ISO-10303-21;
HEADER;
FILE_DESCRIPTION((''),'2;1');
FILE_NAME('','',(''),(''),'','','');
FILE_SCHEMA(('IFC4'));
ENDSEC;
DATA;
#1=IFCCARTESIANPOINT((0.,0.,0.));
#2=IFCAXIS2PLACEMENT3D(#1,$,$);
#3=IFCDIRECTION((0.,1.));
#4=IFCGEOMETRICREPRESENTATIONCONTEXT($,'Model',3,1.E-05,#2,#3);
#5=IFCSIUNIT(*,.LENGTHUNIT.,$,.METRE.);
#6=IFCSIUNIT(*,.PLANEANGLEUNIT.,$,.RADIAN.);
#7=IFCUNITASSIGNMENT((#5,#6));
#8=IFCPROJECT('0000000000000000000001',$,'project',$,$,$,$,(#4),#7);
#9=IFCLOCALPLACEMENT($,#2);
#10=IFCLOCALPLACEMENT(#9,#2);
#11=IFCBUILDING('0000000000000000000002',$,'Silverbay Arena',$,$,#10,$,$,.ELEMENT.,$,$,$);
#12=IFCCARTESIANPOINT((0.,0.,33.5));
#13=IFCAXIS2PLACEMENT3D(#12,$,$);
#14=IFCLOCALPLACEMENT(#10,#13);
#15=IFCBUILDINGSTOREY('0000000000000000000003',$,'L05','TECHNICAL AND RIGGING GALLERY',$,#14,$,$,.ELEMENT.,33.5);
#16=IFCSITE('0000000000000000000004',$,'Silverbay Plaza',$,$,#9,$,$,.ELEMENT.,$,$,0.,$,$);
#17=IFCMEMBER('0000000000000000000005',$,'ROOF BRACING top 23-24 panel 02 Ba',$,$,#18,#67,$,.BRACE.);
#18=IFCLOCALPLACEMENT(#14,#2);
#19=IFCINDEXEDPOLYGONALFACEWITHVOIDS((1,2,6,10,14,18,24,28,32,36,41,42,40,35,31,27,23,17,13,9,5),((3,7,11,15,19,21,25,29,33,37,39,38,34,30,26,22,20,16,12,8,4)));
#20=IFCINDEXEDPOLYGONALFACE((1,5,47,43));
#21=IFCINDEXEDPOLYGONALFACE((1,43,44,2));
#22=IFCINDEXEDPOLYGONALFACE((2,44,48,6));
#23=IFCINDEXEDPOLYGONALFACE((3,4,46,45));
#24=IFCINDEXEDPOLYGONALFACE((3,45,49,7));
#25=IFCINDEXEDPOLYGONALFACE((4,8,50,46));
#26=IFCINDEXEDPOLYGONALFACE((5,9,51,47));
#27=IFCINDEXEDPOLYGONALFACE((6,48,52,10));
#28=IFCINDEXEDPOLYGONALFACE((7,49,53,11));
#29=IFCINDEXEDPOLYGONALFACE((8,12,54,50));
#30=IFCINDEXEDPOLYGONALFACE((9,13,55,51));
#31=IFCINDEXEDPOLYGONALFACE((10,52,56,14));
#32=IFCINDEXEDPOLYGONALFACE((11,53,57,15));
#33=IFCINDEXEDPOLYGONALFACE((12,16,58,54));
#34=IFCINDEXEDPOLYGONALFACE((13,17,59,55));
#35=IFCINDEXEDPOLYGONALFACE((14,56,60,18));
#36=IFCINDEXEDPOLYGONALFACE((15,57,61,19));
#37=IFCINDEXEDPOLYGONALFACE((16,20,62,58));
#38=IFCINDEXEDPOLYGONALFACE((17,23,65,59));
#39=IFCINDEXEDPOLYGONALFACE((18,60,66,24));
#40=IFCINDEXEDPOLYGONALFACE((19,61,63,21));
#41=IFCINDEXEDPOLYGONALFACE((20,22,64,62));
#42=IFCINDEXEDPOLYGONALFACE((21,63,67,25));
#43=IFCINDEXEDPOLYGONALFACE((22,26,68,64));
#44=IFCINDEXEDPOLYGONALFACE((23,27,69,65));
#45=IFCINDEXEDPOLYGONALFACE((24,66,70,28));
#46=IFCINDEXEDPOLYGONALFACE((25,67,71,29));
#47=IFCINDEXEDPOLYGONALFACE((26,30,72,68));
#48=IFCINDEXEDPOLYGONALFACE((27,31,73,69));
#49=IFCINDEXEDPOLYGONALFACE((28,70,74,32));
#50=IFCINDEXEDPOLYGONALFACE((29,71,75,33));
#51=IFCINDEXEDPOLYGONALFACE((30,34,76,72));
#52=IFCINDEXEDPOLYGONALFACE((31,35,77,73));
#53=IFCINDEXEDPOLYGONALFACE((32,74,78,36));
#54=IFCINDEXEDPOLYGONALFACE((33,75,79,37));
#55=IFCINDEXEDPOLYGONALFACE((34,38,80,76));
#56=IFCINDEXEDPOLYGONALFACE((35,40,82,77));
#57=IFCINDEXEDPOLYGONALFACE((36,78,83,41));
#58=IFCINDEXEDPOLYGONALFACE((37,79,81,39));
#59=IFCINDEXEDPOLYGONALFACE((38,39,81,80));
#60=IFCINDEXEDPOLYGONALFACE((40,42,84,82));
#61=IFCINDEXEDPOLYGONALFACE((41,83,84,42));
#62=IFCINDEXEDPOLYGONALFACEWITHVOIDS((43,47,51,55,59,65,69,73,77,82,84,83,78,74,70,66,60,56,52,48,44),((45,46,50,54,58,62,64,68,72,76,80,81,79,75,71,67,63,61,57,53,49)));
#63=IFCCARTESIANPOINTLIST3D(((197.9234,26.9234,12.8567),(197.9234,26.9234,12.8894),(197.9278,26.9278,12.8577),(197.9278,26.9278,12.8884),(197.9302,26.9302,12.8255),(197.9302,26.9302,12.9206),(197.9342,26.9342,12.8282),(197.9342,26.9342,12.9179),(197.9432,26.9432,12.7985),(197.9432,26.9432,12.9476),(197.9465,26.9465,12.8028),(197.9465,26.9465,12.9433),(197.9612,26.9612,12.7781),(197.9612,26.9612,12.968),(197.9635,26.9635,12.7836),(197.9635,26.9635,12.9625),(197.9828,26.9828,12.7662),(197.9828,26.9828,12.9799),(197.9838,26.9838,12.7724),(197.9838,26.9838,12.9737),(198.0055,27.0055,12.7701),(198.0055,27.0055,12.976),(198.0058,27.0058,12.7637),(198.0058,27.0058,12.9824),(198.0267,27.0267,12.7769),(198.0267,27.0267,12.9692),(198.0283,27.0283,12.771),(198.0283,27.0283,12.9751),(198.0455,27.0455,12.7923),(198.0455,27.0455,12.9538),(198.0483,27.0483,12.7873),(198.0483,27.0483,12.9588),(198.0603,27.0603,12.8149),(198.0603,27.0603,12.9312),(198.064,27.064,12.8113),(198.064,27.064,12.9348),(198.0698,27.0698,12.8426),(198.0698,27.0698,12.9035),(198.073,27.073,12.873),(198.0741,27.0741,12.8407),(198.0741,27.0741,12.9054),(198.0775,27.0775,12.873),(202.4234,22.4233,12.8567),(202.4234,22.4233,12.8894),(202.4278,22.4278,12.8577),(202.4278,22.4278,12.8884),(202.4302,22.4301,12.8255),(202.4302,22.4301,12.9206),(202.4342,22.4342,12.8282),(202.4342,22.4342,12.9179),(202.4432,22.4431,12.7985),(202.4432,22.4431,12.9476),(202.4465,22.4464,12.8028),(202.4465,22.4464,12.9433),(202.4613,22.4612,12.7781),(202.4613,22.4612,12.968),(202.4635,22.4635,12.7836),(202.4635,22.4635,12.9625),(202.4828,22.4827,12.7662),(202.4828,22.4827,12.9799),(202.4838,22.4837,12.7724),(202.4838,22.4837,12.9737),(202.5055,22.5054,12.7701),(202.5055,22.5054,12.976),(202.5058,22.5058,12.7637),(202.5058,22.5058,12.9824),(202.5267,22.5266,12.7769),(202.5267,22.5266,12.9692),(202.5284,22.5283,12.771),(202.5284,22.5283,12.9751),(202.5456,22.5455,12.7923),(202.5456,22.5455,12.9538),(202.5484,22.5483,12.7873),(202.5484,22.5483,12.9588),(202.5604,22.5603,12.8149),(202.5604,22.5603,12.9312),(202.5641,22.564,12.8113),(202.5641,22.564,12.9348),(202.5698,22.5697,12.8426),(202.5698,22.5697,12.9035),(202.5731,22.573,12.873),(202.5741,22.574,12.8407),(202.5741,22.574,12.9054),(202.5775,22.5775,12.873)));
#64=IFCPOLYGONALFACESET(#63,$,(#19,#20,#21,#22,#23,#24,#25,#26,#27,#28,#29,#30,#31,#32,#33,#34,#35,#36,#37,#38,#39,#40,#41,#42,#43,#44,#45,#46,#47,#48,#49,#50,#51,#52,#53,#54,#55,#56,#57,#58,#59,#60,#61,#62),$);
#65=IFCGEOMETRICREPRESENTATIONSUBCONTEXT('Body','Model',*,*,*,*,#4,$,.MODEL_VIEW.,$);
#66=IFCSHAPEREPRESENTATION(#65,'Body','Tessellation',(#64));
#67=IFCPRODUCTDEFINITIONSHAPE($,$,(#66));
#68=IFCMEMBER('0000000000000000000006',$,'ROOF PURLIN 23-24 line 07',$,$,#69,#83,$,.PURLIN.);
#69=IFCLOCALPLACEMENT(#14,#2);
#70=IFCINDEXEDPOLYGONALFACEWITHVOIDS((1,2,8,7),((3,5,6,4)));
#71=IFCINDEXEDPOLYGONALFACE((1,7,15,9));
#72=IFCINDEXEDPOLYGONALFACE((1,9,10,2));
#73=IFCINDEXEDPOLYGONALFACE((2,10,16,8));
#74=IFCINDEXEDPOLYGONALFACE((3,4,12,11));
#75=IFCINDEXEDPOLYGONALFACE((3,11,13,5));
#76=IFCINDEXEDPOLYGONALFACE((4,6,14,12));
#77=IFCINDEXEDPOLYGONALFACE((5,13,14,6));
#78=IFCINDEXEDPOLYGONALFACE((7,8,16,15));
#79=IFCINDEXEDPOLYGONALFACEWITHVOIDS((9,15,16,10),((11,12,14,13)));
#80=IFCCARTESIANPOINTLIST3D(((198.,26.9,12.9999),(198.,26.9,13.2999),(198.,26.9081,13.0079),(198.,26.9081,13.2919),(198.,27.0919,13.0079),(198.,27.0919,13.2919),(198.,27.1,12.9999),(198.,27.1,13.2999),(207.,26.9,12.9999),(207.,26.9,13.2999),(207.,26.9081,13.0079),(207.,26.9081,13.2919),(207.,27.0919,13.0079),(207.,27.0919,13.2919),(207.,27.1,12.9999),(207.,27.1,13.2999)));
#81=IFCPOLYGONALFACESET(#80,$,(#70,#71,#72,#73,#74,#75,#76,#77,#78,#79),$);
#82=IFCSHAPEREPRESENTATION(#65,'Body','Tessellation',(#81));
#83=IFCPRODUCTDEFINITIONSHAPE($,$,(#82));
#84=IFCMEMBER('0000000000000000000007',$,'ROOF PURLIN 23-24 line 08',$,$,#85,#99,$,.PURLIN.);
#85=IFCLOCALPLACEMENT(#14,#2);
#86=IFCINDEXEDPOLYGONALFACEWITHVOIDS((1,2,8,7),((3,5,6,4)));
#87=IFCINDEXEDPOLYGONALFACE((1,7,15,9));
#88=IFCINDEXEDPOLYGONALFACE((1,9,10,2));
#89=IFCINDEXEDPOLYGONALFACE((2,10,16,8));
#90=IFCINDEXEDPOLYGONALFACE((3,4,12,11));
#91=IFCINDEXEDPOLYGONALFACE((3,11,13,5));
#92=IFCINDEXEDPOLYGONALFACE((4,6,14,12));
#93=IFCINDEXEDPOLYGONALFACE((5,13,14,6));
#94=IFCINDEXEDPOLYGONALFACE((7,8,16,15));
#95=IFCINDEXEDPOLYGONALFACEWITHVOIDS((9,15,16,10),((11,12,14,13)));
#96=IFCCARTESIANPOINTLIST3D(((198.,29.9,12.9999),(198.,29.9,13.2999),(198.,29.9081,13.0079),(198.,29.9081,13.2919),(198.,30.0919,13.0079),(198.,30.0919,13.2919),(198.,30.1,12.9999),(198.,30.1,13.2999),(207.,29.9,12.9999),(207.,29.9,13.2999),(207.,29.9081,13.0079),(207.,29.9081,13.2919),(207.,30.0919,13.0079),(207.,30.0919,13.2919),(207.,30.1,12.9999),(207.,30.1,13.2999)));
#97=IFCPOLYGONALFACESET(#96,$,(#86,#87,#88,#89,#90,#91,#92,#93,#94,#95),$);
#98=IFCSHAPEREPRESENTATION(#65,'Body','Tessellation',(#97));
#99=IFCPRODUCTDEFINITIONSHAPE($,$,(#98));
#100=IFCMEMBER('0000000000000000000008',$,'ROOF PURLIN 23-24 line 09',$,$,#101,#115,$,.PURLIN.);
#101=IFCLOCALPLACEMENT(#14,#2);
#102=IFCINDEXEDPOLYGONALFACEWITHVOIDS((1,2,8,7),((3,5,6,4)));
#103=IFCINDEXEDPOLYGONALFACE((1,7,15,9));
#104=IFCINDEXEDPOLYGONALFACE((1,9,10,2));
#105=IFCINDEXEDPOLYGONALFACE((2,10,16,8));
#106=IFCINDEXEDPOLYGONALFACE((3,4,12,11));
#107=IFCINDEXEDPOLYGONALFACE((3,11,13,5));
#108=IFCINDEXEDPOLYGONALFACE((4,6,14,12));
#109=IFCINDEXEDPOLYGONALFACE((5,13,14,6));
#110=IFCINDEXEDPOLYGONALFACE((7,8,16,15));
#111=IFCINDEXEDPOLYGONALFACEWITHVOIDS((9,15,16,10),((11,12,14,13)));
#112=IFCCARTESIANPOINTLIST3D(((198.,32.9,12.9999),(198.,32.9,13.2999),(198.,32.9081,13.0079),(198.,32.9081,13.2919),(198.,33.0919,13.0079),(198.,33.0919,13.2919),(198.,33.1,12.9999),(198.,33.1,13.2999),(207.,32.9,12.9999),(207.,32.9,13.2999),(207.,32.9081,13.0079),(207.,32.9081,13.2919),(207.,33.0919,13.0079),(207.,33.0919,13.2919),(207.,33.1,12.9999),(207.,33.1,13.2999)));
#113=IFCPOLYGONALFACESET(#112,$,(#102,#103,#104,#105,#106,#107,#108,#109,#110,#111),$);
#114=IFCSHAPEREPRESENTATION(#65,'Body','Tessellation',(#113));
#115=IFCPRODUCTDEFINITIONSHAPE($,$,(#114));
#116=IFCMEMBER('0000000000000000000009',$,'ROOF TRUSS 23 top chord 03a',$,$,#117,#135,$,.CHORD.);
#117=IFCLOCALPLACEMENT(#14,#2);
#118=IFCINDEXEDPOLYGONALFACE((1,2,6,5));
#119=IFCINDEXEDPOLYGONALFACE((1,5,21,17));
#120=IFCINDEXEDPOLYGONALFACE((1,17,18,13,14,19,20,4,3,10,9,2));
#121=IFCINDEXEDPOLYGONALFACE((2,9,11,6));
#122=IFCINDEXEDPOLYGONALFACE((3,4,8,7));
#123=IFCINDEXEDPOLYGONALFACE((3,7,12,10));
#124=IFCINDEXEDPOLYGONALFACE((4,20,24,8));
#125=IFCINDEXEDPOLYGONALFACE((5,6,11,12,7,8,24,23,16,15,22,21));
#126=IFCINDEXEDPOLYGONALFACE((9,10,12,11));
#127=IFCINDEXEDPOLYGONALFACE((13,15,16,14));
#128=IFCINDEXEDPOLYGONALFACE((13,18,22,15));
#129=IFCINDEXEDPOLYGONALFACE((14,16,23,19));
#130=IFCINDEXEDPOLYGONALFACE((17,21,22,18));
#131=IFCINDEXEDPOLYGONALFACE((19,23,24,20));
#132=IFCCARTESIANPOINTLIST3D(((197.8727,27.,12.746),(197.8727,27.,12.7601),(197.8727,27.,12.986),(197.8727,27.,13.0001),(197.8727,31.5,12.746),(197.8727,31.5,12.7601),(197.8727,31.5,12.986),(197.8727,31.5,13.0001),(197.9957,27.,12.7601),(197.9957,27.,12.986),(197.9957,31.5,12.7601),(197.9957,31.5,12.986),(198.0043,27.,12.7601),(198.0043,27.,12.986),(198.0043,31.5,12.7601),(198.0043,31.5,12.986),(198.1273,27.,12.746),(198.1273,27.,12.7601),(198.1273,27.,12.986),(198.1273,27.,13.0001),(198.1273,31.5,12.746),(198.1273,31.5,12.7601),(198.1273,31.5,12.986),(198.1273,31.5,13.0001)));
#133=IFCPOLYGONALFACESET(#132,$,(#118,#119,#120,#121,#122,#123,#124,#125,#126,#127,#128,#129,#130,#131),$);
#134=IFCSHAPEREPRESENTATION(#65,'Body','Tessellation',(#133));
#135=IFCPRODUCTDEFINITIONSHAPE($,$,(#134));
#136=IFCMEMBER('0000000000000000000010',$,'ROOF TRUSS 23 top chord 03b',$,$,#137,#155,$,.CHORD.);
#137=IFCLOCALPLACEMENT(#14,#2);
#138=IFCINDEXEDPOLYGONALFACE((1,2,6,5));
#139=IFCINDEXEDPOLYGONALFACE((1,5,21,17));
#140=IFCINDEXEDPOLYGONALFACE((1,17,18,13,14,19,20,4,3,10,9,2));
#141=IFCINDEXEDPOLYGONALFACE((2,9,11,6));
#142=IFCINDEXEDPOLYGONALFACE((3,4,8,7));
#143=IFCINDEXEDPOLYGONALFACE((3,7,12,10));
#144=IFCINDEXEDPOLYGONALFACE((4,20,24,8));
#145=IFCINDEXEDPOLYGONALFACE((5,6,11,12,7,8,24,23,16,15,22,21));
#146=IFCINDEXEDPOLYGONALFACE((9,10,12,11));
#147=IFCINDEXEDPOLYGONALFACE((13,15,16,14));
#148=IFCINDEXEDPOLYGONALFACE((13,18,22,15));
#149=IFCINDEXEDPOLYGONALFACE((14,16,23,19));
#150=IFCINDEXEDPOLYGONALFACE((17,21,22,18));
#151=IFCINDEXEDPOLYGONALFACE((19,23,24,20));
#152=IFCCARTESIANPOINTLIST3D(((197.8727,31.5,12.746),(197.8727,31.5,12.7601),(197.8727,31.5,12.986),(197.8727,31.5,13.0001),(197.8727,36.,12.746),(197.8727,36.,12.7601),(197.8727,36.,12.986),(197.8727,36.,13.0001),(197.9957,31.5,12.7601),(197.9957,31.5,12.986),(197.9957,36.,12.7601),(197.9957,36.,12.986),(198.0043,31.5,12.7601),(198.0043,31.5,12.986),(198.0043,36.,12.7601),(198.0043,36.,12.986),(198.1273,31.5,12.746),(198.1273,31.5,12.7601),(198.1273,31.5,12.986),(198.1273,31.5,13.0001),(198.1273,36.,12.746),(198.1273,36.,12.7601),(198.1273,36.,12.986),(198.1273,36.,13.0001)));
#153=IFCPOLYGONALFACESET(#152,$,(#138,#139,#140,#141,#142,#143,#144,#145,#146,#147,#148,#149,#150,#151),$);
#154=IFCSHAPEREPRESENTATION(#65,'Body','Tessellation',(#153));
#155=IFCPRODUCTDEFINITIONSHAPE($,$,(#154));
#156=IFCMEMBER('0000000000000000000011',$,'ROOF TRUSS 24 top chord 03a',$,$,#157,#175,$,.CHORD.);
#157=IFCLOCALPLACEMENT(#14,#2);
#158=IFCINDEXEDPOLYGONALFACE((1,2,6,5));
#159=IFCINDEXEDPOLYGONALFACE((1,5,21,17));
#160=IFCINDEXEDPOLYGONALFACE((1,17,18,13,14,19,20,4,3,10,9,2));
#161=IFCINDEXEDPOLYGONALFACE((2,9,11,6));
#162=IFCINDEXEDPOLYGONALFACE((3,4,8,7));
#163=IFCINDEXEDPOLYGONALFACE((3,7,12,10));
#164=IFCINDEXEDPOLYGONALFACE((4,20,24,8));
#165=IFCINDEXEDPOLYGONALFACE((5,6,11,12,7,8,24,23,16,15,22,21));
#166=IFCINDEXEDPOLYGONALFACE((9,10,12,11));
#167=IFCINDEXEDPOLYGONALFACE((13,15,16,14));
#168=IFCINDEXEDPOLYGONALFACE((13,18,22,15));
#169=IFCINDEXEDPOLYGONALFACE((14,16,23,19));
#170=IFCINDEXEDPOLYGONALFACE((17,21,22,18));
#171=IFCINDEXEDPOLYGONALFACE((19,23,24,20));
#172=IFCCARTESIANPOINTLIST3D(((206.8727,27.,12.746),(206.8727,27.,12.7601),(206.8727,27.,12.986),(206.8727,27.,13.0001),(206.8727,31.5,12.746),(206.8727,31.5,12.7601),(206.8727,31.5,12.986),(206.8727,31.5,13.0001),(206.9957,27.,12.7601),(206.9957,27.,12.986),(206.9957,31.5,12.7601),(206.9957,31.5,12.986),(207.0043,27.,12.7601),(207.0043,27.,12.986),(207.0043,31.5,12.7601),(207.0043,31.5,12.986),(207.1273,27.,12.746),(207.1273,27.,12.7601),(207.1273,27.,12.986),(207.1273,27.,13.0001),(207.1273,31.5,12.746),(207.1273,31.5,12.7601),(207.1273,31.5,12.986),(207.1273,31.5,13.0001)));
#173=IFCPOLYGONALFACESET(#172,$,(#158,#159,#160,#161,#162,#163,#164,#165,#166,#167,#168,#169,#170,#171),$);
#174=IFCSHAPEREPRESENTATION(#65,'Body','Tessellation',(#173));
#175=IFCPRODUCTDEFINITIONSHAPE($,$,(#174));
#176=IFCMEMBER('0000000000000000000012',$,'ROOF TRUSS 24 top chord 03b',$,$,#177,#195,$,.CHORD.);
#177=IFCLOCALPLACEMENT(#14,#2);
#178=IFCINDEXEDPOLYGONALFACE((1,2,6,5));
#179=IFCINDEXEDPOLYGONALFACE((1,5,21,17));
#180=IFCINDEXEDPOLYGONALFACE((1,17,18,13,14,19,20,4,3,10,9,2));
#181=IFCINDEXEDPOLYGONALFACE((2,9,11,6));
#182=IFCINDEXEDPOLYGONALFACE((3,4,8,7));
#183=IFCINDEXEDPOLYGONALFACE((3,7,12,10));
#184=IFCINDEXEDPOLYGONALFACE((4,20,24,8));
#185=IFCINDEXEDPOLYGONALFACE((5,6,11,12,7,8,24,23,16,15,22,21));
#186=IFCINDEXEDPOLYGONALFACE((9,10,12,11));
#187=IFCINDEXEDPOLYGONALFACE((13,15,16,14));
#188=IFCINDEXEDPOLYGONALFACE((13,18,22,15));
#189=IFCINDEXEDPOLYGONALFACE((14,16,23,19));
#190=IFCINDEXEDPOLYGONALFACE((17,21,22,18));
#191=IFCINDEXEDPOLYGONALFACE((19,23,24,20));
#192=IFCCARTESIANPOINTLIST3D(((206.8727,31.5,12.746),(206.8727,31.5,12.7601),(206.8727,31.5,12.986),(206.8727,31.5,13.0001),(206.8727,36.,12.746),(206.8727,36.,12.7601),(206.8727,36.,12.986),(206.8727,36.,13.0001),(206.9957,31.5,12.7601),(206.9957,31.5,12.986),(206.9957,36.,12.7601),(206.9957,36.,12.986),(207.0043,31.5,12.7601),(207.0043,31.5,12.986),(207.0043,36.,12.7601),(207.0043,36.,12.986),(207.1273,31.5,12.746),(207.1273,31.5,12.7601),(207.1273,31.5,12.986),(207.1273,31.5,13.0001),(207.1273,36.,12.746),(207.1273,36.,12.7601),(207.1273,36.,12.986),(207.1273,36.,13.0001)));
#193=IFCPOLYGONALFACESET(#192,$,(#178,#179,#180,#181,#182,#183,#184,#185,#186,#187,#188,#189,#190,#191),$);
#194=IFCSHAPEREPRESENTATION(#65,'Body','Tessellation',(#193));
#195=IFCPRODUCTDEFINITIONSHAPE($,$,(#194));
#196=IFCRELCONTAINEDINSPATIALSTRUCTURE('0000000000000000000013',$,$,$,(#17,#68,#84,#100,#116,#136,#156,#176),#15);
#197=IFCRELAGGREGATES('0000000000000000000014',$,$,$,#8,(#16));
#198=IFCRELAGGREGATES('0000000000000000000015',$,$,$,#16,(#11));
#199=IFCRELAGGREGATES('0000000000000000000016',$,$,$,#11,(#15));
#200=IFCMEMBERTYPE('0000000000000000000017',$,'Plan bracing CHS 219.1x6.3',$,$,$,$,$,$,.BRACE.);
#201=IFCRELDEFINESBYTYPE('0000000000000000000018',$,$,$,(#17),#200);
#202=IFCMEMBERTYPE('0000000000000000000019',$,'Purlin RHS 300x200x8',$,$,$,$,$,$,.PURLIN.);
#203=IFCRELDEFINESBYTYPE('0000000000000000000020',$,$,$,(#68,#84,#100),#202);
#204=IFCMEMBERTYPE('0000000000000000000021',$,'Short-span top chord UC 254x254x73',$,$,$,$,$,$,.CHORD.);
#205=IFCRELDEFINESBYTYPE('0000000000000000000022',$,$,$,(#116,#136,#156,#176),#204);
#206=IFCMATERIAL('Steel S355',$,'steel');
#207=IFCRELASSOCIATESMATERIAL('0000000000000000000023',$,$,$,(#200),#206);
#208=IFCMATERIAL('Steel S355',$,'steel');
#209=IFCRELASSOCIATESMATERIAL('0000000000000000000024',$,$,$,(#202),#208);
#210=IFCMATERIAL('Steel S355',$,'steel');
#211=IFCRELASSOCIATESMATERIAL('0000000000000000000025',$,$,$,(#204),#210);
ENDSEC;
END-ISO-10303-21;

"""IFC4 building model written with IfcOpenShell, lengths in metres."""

from ifc_helpers import new_model, si_unit, direction, frame, origin, origin_2d, place, context, subcontext, project, spatial, hollow_rectangle, hollow_circle, i_section, extrude, material, material_profile, profile_set, type_object, element, save


model = new_model("IFC4")

# Units and contexts
model_context = context("Model", 3, precision=1e-05, world=origin(), true_north=direction((0.0, 1.0)))
body_context = subcontext(model_context, "Body", "Model", "MODEL_VIEW")
ifc_project = project(units=[si_unit("LENGTHUNIT", "METRE"), si_unit("PLANEANGLEUNIT", "RADIAN")], contexts=[model_context])

# Site, building, storey
site_placement = place(None, origin())
site = spatial("IfcSite", under=ifc_project, at=site_placement, Name="Silverbay Plaza", CompositionType="ELEMENT", RefElevation=0.0)
building_placement = place(site_placement, origin())
building = spatial("IfcBuilding", under=site, at=building_placement, Name="Silverbay Arena", CompositionType="ELEMENT")
storey_placement = place(building_placement, frame((0.0, 0.0, 33.5)))
storey = spatial("IfcBuildingStorey", under=building, at=storey_placement, Name="L05", Description="TECHNICAL AND RIGGING GALLERY", CompositionType="ELEMENT", Elevation=33.5)

# Members
ifc_material_1 = material(Name="Steel S355", Category="steel")
ifc_material_profile_1 = material_profile(ifc_material_1, hollow_circle(Radius=0.1096, WallThickness=0.0063, at=origin_2d()), Name="CHS 219.1x6.3")
ifc_profile_set_1 = profile_set([ifc_material_profile_1], Name="Steel S355")
member_type_1 = type_object("IfcMemberType", Name="Plan bracing CHS 219.1x6.3", PredefinedType="BRACE", material=ifc_profile_set_1)
member_placement = place(storey_placement, frame((198.0, 27.0, 12.873), z_axis=(0.707107, -0.707107, 0.0), x_axis=(0.707107, 0.707107, 0.0)))
element("IfcMember", 1, at=member_placement, inside=storey, type_object=member_type_1, Name="ROOF BRACING top 23-24 panel 02 Ba", PredefinedType="BRACE", context=body_context, shape_type="SweptSolid", body=[
    extrude(hollow_circle(Radius=0.1096, WallThickness=0.0063, at=origin_2d()), origin(), (0.0, 0.0, 1.0), 6.364),
])
ifc_material_2 = material(Name="Steel S355", Category="steel")
ifc_material_profile_2 = material_profile(ifc_material_2, hollow_rectangle(XDim=0.2, YDim=0.3, WallThickness=0.0081, at=origin_2d()), Name="RHS 300x200x8")
ifc_profile_set_2 = profile_set([ifc_material_profile_2], Name="Steel S355")
member_type_2 = type_object("IfcMemberType", Name="Purlin RHS 300x200x8", PredefinedType="PURLIN", material=ifc_profile_set_2)
for number, where, z_axis, x_axis, name in (
    (2, (198.0, 27.0, 13.1499), (1.0, 0.0, 0.0), (0.0, 1.0, 0.0), "ROOF PURLIN 23-24 line 07"),
    (3, (198.0, 30.0, 13.1499), (1.0, 0.0, 0.0), (0.0, 1.0, 0.0), "ROOF PURLIN 23-24 line 08"),
    (4, (198.0, 33.0, 13.1499), (1.0, 0.0, 0.0), (0.0, 1.0, 0.0), "ROOF PURLIN 23-24 line 09"),
):
    element("IfcMember", number, at=place(storey_placement, frame(where, z_axis=z_axis, x_axis=x_axis)), inside=storey, type_object=member_type_2, Name=name, PredefinedType="PURLIN", context=body_context, shape_type="SweptSolid", body=[
        extrude(hollow_rectangle(XDim=0.2, YDim=0.3, WallThickness=0.0081, at=origin_2d()), origin(), (0.0, 0.0, 1.0), 9.0),
    ])
ifc_material_3 = material(Name="Steel S355", Category="steel")
ifc_material_profile_3 = material_profile(ifc_material_3, i_section(OverallWidth=0.2546, OverallDepth=0.2542, WebThickness=0.0085, FlangeThickness=0.0142, at=origin_2d()), Name="UC 254x254x73")
ifc_profile_set_3 = profile_set([ifc_material_profile_3], Name="Steel S355")
member_type_3 = type_object("IfcMemberType", Name="Short-span top chord UC 254x254x73", PredefinedType="CHORD", material=ifc_profile_set_3)
for number, where, z_axis, x_axis, name in (
    (5, (198.0, 27.0, 12.873), (0.0, 1.0, 0.0), (-1.0, 0.0, 0.0), "ROOF TRUSS 23 top chord 03a"),
    (6, (198.0, 31.5, 12.873), (0.0, 1.0, 0.0), (-1.0, 0.0, 0.0), "ROOF TRUSS 23 top chord 03b"),
    (7, (207.0, 27.0, 12.873), (0.0, 1.0, 0.0), (-1.0, 0.0, 0.0), "ROOF TRUSS 24 top chord 03a"),
    (8, (207.0, 31.5, 12.873), (0.0, 1.0, 0.0), (-1.0, 0.0, 0.0), "ROOF TRUSS 24 top chord 03b"),
):
    element("IfcMember", number, at=place(storey_placement, frame(where, z_axis=z_axis, x_axis=x_axis)), inside=storey, type_object=member_type_3, Name=name, PredefinedType="CHORD", context=body_context, shape_type="SweptSolid", body=[
        extrude(i_section(OverallWidth=0.2546, OverallDepth=0.2542, WebThickness=0.0085, FlangeThickness=0.0142, at=origin_2d()), origin(), (0.0, 0.0, 1.0), 4.5),
    ])

save(model, "model.ifc")
